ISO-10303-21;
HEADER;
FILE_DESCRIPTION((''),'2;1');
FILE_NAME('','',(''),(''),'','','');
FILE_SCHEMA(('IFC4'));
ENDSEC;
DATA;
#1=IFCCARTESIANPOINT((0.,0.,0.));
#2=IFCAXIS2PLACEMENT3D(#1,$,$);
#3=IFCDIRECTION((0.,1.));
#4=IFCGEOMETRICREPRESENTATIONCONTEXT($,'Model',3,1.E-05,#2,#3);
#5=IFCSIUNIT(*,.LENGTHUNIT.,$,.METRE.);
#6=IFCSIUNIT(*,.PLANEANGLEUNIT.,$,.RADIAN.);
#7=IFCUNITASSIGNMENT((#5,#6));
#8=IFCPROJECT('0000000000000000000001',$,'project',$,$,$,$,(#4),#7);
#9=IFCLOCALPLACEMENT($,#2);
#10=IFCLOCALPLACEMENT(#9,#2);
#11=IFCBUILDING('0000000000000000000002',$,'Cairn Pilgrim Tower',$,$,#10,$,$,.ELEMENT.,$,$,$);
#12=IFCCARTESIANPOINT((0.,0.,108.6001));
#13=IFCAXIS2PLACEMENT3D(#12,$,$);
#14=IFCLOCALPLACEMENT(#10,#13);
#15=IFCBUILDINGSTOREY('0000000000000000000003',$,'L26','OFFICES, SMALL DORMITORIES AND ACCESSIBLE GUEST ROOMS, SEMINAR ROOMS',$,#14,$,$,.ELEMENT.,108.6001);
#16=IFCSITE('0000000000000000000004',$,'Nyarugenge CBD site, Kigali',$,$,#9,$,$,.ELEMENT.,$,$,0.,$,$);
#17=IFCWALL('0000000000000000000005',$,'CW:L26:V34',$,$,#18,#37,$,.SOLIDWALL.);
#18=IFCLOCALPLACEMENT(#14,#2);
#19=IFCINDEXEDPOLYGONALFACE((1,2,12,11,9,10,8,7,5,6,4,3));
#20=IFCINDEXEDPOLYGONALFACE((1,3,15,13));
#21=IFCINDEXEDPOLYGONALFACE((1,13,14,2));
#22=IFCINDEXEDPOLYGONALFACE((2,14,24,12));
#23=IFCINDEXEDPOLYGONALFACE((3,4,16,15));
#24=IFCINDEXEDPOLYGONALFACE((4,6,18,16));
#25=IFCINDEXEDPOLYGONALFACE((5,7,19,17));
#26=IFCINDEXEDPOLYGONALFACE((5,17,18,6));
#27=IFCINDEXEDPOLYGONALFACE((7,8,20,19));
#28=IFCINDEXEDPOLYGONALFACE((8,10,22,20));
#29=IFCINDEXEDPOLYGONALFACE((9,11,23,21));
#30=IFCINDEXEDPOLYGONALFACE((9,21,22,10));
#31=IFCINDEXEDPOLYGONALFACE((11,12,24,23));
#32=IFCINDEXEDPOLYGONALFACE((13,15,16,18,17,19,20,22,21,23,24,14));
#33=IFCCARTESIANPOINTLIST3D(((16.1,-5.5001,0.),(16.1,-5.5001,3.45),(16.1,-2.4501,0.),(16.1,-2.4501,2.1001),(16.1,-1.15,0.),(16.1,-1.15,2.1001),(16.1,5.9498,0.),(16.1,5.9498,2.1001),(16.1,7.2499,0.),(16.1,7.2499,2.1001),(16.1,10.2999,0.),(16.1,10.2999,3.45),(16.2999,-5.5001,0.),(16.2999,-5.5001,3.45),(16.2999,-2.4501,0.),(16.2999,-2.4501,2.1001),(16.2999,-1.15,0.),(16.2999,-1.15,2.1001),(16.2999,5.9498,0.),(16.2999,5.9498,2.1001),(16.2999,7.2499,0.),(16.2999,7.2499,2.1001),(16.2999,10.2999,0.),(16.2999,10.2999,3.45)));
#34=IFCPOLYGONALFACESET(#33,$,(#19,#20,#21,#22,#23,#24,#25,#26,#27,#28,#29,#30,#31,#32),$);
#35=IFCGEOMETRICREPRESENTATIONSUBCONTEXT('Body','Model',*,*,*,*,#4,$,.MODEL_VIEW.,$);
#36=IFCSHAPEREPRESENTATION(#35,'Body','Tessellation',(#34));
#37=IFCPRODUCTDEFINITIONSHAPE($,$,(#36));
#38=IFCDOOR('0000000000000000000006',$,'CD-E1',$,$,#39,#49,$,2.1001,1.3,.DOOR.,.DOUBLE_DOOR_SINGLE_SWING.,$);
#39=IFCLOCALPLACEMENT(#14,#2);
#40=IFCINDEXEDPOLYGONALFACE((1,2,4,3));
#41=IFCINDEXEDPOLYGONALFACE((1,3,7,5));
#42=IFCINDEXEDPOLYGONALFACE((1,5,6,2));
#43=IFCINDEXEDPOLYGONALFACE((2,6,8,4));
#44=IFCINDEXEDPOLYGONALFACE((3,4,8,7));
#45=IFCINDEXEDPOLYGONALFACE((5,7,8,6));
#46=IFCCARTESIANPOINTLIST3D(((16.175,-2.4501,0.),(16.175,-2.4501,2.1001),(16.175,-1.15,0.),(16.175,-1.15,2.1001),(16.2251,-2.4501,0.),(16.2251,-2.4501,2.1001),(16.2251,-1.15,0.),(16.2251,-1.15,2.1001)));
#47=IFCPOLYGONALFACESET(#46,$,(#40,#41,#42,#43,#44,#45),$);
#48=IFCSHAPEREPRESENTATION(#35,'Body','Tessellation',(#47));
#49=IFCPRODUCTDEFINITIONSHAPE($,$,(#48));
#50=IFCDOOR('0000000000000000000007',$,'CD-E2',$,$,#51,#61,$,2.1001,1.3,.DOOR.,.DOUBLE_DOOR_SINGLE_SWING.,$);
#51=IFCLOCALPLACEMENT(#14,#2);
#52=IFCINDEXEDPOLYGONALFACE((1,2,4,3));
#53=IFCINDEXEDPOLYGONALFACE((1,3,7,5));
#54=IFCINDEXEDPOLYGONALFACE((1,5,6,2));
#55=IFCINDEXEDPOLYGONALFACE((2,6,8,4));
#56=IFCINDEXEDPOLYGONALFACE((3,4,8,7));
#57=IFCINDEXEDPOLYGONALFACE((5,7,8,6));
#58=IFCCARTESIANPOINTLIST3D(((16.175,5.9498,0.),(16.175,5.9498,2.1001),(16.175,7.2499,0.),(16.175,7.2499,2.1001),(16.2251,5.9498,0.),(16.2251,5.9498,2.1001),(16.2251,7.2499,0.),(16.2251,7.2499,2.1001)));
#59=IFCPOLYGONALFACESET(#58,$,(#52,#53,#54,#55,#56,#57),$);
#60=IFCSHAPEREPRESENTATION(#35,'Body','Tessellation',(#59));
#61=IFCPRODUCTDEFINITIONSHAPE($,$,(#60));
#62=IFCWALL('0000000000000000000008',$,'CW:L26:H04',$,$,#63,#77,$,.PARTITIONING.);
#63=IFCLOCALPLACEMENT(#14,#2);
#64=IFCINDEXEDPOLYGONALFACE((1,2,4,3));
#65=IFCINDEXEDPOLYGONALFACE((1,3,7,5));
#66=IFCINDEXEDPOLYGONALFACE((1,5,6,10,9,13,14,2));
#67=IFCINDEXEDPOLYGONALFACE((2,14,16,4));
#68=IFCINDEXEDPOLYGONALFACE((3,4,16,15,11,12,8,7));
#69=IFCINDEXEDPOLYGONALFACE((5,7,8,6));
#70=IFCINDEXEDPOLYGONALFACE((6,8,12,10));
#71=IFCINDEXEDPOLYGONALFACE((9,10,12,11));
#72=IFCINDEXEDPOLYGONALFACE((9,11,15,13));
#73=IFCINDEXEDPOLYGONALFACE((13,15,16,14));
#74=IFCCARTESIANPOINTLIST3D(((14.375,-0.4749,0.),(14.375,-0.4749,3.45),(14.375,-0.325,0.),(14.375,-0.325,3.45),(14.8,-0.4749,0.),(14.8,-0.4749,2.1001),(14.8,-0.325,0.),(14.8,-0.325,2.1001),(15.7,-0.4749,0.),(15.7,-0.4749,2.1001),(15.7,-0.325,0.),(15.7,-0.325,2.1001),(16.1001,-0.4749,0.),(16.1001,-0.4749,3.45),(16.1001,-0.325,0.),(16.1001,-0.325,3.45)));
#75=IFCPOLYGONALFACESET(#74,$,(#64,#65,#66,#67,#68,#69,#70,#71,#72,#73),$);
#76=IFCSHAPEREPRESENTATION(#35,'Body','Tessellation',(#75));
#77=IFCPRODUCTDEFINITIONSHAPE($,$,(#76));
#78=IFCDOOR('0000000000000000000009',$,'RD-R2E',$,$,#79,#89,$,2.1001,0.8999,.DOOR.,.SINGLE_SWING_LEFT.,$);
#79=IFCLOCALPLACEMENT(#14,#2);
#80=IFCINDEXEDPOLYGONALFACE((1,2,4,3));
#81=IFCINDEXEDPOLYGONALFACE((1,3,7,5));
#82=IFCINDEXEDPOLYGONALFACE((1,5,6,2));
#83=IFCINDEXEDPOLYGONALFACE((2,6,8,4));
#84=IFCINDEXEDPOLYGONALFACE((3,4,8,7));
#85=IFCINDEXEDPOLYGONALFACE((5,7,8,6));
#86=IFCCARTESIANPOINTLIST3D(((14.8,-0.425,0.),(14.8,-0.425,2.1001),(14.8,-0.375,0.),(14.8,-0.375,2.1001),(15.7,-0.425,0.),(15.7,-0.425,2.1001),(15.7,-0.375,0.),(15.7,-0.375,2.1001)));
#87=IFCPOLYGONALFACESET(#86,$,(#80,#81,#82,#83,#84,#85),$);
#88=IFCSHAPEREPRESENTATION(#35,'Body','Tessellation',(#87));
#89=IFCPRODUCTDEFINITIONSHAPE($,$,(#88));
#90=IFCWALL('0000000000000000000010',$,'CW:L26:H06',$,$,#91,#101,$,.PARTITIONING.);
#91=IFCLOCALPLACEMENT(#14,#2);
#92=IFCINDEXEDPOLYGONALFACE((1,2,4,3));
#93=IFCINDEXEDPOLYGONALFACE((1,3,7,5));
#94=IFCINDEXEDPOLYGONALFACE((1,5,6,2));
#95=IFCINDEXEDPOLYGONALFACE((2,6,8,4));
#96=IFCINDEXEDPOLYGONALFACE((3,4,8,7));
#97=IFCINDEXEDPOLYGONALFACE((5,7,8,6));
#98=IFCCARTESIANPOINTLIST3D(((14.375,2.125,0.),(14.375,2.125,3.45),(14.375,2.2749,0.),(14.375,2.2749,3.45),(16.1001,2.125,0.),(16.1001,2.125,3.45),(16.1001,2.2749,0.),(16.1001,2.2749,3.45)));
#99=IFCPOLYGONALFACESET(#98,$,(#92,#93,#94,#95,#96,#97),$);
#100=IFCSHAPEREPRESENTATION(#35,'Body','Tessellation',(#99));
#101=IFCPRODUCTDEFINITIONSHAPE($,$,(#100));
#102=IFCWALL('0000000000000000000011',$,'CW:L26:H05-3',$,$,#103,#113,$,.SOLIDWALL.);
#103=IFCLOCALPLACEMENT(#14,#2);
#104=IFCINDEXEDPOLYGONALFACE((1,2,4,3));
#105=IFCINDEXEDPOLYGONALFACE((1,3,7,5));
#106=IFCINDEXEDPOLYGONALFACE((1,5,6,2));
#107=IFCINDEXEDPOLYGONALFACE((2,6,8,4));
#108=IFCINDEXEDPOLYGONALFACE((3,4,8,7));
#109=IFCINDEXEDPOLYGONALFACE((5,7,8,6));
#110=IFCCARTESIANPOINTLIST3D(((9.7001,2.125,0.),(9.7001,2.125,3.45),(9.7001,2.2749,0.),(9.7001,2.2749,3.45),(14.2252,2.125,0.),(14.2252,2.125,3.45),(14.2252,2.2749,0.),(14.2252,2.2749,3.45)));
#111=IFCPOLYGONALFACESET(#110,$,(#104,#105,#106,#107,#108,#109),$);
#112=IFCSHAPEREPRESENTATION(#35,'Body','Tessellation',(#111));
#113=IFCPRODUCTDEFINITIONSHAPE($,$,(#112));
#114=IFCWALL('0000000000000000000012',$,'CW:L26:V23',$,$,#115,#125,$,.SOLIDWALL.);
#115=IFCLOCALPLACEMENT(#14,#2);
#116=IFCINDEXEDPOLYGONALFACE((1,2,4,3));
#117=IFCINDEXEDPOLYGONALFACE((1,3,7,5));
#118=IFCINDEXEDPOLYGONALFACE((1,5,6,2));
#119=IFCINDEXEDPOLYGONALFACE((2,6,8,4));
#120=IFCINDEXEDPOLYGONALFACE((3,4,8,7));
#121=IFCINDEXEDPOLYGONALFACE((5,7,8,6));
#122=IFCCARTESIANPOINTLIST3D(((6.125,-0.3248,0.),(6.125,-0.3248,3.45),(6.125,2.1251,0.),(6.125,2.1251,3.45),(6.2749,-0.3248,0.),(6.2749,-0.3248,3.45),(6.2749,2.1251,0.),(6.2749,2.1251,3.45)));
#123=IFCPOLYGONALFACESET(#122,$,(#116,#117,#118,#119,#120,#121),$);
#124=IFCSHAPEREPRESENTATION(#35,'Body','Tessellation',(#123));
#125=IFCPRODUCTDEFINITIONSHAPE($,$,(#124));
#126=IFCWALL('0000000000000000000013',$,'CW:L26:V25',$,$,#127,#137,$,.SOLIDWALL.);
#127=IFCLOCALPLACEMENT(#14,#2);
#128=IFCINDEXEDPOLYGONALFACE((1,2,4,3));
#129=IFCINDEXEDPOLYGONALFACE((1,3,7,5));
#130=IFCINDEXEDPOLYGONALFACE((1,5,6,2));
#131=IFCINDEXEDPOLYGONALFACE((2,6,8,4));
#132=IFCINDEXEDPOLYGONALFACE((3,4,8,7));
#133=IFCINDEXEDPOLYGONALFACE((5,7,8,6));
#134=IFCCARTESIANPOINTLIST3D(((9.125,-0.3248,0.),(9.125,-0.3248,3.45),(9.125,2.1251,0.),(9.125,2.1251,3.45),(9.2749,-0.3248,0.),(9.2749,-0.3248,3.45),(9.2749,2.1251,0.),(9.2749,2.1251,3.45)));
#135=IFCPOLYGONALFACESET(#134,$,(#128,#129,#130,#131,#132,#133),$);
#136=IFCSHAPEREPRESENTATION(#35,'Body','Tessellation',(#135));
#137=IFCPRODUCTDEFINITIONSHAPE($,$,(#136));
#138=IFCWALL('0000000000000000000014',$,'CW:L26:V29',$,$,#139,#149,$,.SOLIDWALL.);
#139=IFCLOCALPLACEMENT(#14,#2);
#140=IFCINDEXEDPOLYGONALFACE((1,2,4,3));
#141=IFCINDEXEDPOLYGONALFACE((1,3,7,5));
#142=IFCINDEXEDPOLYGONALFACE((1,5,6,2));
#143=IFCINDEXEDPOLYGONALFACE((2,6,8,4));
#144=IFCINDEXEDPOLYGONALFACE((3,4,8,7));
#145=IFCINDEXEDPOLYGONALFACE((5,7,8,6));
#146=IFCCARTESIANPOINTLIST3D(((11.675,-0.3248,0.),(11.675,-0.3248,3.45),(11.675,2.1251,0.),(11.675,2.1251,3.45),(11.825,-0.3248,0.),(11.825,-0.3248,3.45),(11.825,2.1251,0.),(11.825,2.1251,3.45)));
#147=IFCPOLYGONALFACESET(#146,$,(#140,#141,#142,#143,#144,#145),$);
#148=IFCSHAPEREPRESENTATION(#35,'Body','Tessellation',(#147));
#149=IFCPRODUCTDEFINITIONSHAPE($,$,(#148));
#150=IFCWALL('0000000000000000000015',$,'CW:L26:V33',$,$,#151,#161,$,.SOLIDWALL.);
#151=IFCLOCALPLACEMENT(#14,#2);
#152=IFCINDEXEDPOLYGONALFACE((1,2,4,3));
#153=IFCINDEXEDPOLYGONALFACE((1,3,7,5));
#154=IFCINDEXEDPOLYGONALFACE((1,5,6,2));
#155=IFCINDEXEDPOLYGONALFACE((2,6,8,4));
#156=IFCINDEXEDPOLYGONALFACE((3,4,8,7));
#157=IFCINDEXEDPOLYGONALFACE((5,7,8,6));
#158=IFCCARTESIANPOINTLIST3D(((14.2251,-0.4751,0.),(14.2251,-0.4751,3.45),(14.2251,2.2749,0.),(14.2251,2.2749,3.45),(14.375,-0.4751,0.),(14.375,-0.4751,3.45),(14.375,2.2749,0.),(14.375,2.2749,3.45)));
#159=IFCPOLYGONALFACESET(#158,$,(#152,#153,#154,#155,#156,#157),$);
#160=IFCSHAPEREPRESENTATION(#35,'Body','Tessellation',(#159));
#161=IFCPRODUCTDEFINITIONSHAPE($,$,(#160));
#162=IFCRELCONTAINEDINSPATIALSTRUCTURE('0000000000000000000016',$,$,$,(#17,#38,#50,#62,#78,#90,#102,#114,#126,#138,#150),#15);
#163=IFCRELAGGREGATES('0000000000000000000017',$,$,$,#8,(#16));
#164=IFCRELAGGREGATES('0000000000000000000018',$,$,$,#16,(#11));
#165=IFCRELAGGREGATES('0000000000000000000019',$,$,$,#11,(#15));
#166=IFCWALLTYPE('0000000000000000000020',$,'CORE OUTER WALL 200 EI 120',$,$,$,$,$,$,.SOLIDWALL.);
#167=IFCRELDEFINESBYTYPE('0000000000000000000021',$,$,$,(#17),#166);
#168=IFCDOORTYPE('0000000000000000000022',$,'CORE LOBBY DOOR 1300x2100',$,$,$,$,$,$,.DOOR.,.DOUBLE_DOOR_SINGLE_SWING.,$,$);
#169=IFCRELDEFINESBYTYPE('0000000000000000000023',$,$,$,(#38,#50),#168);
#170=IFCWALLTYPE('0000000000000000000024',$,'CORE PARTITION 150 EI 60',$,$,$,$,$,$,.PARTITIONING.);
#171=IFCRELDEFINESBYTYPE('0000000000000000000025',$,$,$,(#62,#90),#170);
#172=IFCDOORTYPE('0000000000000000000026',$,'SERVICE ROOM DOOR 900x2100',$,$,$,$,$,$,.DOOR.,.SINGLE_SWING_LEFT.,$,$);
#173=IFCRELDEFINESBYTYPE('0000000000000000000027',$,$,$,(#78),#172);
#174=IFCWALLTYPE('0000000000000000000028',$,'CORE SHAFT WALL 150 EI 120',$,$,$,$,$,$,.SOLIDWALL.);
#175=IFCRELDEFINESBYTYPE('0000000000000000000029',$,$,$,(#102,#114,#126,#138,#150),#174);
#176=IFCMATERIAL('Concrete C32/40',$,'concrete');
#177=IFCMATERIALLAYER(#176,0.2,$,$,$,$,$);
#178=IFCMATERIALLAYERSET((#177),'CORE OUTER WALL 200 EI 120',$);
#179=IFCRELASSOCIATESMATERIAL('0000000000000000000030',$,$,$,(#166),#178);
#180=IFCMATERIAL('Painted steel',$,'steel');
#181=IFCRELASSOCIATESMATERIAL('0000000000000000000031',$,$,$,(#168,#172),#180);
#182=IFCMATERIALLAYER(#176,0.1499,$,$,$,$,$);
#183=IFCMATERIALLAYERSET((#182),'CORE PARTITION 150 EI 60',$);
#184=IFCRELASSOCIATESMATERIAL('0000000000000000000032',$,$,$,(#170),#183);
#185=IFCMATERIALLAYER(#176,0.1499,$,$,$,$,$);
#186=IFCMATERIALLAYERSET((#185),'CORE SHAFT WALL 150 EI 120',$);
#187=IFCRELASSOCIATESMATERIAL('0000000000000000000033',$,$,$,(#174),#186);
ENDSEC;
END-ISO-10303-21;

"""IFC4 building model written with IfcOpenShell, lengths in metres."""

from ifc_helpers import new_model, si_unit, direction, frame, frame_2d, origin, place, context, subcontext, project, spatial, rectangle, extrude, material, layer, layer_set, type_object, element, fill, save


model = new_model("IFC4")

# Units and contexts
model_context = context("Model", 3, precision=1e-05, world=origin(), true_north=direction((0.0, 1.0)))
body_context = subcontext(model_context, "Body", "Model", "MODEL_VIEW")
ifc_project = project(units=[si_unit("LENGTHUNIT", "METRE"), si_unit("PLANEANGLEUNIT", "RADIAN")], contexts=[model_context])

# Site, building, storey
site_placement = place(None, origin())
site = spatial("IfcSite", under=ifc_project, at=site_placement, Name="Nyarugenge CBD site, Kigali", CompositionType="ELEMENT", RefElevation=0.0)
building_placement = place(site_placement, origin())
building = spatial("IfcBuilding", under=site, at=building_placement, Name="Cairn Pilgrim Tower", CompositionType="ELEMENT")
storey_placement = place(building_placement, frame((0.0, 0.0, 108.6001)))
storey = spatial("IfcBuildingStorey", under=building, at=storey_placement, Name="L26", Description="OFFICES, SMALL DORMITORIES AND ACCESSIBLE GUEST ROOMS, SEMINAR ROOMS", CompositionType="ELEMENT", Elevation=108.6001)

# Shared definitions
ifc_material_1 = material(Name="Concrete C32/40", Category="concrete")
ifc_layer_1 = layer(ifc_material_1, 0.2)
ifc_layer_set_1 = layer_set([ifc_layer_1], Name="CORE OUTER WALL 200 EI 120")
wall_type_1 = type_object("IfcWallType", Name="CORE OUTER WALL 200 EI 120", PredefinedType="SOLIDWALL", material=ifc_layer_set_1)

# Wall, openings, doors
wall_1_placement = place(storey_placement, frame((16.2, -5.5, 0.0), z_axis=(0.0, 0.0, 1.0), x_axis=(0.0, 1.0, 0.0)))
wall_1 = element("IfcWall", 1, at=wall_1_placement, inside=storey, type_object=wall_type_1, Name="CW:L26:V34", PredefinedType="SOLIDWALL", context=body_context, shape_type="SweptSolid", body=[
    extrude(rectangle(XDim=15.8, YDim=0.2, at=frame_2d((7.8999, 0.0))), origin(), (0.0, 0.0, 1.0), 3.45),
])
opening_1_placement = place(wall_1_placement, frame((3.05, 0.0, 0.0)))
opening_1 = element("IfcOpeningElement", 2, at=opening_1_placement, cuts=wall_1, PredefinedType="OPENING", context=body_context, shape_type="SweptSolid", body=[
    extrude(rectangle(XDim=1.3, YDim=2.1001, at=frame_2d((0.6499, 1.05))), frame((0.0, 0.1099, 0.0), z_axis=(0.0, -1.0, 0.0), x_axis=(1.0, 0.0, 0.0)), (0.0, 0.0, 1.0), 0.22),
])
opening_2_placement = place(wall_1_placement, frame((11.45, 0.0, 0.0)))
opening_2 = element("IfcOpeningElement", 3, at=opening_2_placement, cuts=wall_1, PredefinedType="OPENING", context=body_context, shape_type="SweptSolid", body=[
    extrude(rectangle(XDim=1.3, YDim=2.1001, at=frame_2d((0.6499, 1.05))), frame((0.0, 0.1099, 0.0), z_axis=(0.0, -1.0, 0.0), x_axis=(1.0, 0.0, 0.0)), (0.0, 0.0, 1.0), 0.22),
])
ifc_material_2 = material(Name="Painted steel", Category="steel")
door_type_1 = type_object("IfcDoorType", Name="CORE LOBBY DOOR 1300x2100", OperationType="DOUBLE_DOOR_SINGLE_SWING", PredefinedType="DOOR", material=ifc_material_2)
door_1_placement = place(opening_1_placement, origin())
door_1 = element("IfcDoor", 4, at=door_1_placement, inside=storey, type_object=door_type_1, Name="CD-E1", OperationType="DOUBLE_DOOR_SINGLE_SWING", OverallHeight=2.1001, OverallWidth=1.3, PredefinedType="DOOR", context=body_context, shape_type="SweptSolid", body=[
    extrude(rectangle(XDim=1.3, YDim=2.1001, at=frame_2d((0.6499, 1.05))), frame((0.0, 0.0249, 0.0), z_axis=(0.0, -1.0, 0.0), x_axis=(1.0, 0.0, 0.0)), (0.0, 0.0, 1.0), 0.05),
])
fill(opening_1, door_1)
door_2_placement = place(opening_2_placement, origin())
door_2 = element("IfcDoor", 5, at=door_2_placement, inside=storey, type_object=door_type_1, Name="CD-E2", OperationType="DOUBLE_DOOR_SINGLE_SWING", OverallHeight=2.1001, OverallWidth=1.3, PredefinedType="DOOR", context=body_context, shape_type="SweptSolid", body=[
    extrude(rectangle(XDim=1.3, YDim=2.1001, at=frame_2d((0.6499, 1.05))), frame((0.0, 0.0249, 0.0), z_axis=(0.0, -1.0, 0.0), x_axis=(1.0, 0.0, 0.0)), (0.0, 0.0, 1.0), 0.05),
])
fill(opening_2, door_2)

# Wall, opening, door
ifc_layer_2 = layer(ifc_material_1, 0.1499)
ifc_layer_set_2 = layer_set([ifc_layer_2], Name="CORE PARTITION 150 EI 60")
wall_type_2 = type_object("IfcWallType", Name="CORE PARTITION 150 EI 60", PredefinedType="PARTITIONING", material=ifc_layer_set_2)
wall_2_placement = place(storey_placement, frame((14.375, -0.3999, 0.0), z_axis=(0.0, 0.0, 1.0), x_axis=(1.0, 0.0, 0.0)))
wall_2 = element("IfcWall", 6, at=wall_2_placement, inside=storey, type_object=wall_type_2, Name="CW:L26:H04", PredefinedType="PARTITIONING", context=body_context, shape_type="SweptSolid", body=[
    extrude(rectangle(XDim=1.7251, YDim=0.1499, at=frame_2d((0.8625, 0.0))), origin(), (0.0, 0.0, 1.0), 3.45),
])
opening_3_placement = place(wall_2_placement, frame((0.425, 0.0, 0.0)))
opening_3 = element("IfcOpeningElement", 7, at=opening_3_placement, cuts=wall_2, PredefinedType="OPENING", context=body_context, shape_type="SweptSolid", body=[
    extrude(rectangle(XDim=0.8999, YDim=2.1001, at=frame_2d((0.45, 1.05))), frame((0.0, 0.085, 0.0), z_axis=(0.0, -1.0, 0.0), x_axis=(1.0, 0.0, 0.0)), (0.0, 0.0, 1.0), 0.1699),
])
door_type_2 = type_object("IfcDoorType", Name="SERVICE ROOM DOOR 900x2100", OperationType="SINGLE_SWING_LEFT", PredefinedType="DOOR", material=ifc_material_2)
door_3_placement = place(opening_3_placement, origin())
door_3 = element("IfcDoor", 8, at=door_3_placement, inside=storey, type_object=door_type_2, Name="RD-R2E", OperationType="SINGLE_SWING_LEFT", OverallHeight=2.1001, OverallWidth=0.8999, PredefinedType="DOOR", context=body_context, shape_type="SweptSolid", body=[
    extrude(rectangle(XDim=0.8999, YDim=2.1001, at=frame_2d((0.45, 1.05))), frame((0.0, 0.0249, 0.0), z_axis=(0.0, -1.0, 0.0), x_axis=(1.0, 0.0, 0.0)), (0.0, 0.0, 1.0), 0.05),
])
fill(opening_3, door_3)

# Walls
wall_3_placement = place(storey_placement, frame((14.375, 2.2, 0.0), z_axis=(0.0, 0.0, 1.0), x_axis=(1.0, 0.0, 0.0)))
element("IfcWall", 9, at=wall_3_placement, inside=storey, type_object=wall_type_2, Name="CW:L26:H06", PredefinedType="PARTITIONING", context=body_context, shape_type="SweptSolid", body=[
    extrude(rectangle(XDim=1.7251, YDim=0.1499, at=frame_2d((0.8625, 0.0))), origin(), (0.0, 0.0, 1.0), 3.45),
])
ifc_layer_3 = layer(ifc_material_1, 0.1499)
ifc_layer_set_3 = layer_set([ifc_layer_3], Name="CORE SHAFT WALL 150 EI 120")
wall_type_3 = type_object("IfcWallType", Name="CORE SHAFT WALL 150 EI 120", PredefinedType="SOLIDWALL", material=ifc_layer_set_3)
wall_4_placement = place(storey_placement, frame((9.7, 2.2, 0.0), z_axis=(0.0, 0.0, 1.0), x_axis=(1.0, 0.0, 0.0)))
element("IfcWall", 10, at=wall_4_placement, inside=storey, type_object=wall_type_3, Name="CW:L26:H05-3", PredefinedType="SOLIDWALL", context=body_context, shape_type="SweptSolid", body=[
    extrude(rectangle(XDim=4.5251, YDim=0.1499, at=frame_2d((2.2627, 0.0))), origin(), (0.0, 0.0, 1.0), 3.45),
])
for number, where, z_axis, x_axis, name in (
    (11, (6.2, -0.325, 0.0), (0.0, 0.0, 1.0), (0.0, 1.0, 0.0), "CW:L26:V23"),
    (12, (9.2, -0.325, 0.0), (0.0, 0.0, 1.0), (0.0, 1.0, 0.0), "CW:L26:V25"),
    (13, (11.75, -0.325, 0.0), (0.0, 0.0, 1.0), (0.0, 1.0, 0.0), "CW:L26:V29"),
):
    element("IfcWall", number, at=place(storey_placement, frame(where, z_axis=z_axis, x_axis=x_axis)), inside=storey, type_object=wall_type_3, Name=name, PredefinedType="SOLIDWALL", context=body_context, shape_type="SweptSolid", body=[
        extrude(rectangle(XDim=2.45, YDim=0.1499, at=frame_2d((1.2251, 0.0))), origin(), (0.0, 0.0, 1.0), 3.45),
    ])
wall_5_placement = place(storey_placement, frame((14.3, -0.4751, 0.0), z_axis=(0.0, 0.0, 1.0), x_axis=(0.0, 1.0, 0.0)))
element("IfcWall", 14, at=wall_5_placement, inside=storey, type_object=wall_type_3, Name="CW:L26:V33", PredefinedType="SOLIDWALL", context=body_context, shape_type="SweptSolid", body=[
    extrude(rectangle(XDim=2.75, YDim=0.1499, at=frame_2d((1.375, 0.0))), origin(), (0.0, 0.0, 1.0), 3.45),
])

save(model, "model.ifc")
